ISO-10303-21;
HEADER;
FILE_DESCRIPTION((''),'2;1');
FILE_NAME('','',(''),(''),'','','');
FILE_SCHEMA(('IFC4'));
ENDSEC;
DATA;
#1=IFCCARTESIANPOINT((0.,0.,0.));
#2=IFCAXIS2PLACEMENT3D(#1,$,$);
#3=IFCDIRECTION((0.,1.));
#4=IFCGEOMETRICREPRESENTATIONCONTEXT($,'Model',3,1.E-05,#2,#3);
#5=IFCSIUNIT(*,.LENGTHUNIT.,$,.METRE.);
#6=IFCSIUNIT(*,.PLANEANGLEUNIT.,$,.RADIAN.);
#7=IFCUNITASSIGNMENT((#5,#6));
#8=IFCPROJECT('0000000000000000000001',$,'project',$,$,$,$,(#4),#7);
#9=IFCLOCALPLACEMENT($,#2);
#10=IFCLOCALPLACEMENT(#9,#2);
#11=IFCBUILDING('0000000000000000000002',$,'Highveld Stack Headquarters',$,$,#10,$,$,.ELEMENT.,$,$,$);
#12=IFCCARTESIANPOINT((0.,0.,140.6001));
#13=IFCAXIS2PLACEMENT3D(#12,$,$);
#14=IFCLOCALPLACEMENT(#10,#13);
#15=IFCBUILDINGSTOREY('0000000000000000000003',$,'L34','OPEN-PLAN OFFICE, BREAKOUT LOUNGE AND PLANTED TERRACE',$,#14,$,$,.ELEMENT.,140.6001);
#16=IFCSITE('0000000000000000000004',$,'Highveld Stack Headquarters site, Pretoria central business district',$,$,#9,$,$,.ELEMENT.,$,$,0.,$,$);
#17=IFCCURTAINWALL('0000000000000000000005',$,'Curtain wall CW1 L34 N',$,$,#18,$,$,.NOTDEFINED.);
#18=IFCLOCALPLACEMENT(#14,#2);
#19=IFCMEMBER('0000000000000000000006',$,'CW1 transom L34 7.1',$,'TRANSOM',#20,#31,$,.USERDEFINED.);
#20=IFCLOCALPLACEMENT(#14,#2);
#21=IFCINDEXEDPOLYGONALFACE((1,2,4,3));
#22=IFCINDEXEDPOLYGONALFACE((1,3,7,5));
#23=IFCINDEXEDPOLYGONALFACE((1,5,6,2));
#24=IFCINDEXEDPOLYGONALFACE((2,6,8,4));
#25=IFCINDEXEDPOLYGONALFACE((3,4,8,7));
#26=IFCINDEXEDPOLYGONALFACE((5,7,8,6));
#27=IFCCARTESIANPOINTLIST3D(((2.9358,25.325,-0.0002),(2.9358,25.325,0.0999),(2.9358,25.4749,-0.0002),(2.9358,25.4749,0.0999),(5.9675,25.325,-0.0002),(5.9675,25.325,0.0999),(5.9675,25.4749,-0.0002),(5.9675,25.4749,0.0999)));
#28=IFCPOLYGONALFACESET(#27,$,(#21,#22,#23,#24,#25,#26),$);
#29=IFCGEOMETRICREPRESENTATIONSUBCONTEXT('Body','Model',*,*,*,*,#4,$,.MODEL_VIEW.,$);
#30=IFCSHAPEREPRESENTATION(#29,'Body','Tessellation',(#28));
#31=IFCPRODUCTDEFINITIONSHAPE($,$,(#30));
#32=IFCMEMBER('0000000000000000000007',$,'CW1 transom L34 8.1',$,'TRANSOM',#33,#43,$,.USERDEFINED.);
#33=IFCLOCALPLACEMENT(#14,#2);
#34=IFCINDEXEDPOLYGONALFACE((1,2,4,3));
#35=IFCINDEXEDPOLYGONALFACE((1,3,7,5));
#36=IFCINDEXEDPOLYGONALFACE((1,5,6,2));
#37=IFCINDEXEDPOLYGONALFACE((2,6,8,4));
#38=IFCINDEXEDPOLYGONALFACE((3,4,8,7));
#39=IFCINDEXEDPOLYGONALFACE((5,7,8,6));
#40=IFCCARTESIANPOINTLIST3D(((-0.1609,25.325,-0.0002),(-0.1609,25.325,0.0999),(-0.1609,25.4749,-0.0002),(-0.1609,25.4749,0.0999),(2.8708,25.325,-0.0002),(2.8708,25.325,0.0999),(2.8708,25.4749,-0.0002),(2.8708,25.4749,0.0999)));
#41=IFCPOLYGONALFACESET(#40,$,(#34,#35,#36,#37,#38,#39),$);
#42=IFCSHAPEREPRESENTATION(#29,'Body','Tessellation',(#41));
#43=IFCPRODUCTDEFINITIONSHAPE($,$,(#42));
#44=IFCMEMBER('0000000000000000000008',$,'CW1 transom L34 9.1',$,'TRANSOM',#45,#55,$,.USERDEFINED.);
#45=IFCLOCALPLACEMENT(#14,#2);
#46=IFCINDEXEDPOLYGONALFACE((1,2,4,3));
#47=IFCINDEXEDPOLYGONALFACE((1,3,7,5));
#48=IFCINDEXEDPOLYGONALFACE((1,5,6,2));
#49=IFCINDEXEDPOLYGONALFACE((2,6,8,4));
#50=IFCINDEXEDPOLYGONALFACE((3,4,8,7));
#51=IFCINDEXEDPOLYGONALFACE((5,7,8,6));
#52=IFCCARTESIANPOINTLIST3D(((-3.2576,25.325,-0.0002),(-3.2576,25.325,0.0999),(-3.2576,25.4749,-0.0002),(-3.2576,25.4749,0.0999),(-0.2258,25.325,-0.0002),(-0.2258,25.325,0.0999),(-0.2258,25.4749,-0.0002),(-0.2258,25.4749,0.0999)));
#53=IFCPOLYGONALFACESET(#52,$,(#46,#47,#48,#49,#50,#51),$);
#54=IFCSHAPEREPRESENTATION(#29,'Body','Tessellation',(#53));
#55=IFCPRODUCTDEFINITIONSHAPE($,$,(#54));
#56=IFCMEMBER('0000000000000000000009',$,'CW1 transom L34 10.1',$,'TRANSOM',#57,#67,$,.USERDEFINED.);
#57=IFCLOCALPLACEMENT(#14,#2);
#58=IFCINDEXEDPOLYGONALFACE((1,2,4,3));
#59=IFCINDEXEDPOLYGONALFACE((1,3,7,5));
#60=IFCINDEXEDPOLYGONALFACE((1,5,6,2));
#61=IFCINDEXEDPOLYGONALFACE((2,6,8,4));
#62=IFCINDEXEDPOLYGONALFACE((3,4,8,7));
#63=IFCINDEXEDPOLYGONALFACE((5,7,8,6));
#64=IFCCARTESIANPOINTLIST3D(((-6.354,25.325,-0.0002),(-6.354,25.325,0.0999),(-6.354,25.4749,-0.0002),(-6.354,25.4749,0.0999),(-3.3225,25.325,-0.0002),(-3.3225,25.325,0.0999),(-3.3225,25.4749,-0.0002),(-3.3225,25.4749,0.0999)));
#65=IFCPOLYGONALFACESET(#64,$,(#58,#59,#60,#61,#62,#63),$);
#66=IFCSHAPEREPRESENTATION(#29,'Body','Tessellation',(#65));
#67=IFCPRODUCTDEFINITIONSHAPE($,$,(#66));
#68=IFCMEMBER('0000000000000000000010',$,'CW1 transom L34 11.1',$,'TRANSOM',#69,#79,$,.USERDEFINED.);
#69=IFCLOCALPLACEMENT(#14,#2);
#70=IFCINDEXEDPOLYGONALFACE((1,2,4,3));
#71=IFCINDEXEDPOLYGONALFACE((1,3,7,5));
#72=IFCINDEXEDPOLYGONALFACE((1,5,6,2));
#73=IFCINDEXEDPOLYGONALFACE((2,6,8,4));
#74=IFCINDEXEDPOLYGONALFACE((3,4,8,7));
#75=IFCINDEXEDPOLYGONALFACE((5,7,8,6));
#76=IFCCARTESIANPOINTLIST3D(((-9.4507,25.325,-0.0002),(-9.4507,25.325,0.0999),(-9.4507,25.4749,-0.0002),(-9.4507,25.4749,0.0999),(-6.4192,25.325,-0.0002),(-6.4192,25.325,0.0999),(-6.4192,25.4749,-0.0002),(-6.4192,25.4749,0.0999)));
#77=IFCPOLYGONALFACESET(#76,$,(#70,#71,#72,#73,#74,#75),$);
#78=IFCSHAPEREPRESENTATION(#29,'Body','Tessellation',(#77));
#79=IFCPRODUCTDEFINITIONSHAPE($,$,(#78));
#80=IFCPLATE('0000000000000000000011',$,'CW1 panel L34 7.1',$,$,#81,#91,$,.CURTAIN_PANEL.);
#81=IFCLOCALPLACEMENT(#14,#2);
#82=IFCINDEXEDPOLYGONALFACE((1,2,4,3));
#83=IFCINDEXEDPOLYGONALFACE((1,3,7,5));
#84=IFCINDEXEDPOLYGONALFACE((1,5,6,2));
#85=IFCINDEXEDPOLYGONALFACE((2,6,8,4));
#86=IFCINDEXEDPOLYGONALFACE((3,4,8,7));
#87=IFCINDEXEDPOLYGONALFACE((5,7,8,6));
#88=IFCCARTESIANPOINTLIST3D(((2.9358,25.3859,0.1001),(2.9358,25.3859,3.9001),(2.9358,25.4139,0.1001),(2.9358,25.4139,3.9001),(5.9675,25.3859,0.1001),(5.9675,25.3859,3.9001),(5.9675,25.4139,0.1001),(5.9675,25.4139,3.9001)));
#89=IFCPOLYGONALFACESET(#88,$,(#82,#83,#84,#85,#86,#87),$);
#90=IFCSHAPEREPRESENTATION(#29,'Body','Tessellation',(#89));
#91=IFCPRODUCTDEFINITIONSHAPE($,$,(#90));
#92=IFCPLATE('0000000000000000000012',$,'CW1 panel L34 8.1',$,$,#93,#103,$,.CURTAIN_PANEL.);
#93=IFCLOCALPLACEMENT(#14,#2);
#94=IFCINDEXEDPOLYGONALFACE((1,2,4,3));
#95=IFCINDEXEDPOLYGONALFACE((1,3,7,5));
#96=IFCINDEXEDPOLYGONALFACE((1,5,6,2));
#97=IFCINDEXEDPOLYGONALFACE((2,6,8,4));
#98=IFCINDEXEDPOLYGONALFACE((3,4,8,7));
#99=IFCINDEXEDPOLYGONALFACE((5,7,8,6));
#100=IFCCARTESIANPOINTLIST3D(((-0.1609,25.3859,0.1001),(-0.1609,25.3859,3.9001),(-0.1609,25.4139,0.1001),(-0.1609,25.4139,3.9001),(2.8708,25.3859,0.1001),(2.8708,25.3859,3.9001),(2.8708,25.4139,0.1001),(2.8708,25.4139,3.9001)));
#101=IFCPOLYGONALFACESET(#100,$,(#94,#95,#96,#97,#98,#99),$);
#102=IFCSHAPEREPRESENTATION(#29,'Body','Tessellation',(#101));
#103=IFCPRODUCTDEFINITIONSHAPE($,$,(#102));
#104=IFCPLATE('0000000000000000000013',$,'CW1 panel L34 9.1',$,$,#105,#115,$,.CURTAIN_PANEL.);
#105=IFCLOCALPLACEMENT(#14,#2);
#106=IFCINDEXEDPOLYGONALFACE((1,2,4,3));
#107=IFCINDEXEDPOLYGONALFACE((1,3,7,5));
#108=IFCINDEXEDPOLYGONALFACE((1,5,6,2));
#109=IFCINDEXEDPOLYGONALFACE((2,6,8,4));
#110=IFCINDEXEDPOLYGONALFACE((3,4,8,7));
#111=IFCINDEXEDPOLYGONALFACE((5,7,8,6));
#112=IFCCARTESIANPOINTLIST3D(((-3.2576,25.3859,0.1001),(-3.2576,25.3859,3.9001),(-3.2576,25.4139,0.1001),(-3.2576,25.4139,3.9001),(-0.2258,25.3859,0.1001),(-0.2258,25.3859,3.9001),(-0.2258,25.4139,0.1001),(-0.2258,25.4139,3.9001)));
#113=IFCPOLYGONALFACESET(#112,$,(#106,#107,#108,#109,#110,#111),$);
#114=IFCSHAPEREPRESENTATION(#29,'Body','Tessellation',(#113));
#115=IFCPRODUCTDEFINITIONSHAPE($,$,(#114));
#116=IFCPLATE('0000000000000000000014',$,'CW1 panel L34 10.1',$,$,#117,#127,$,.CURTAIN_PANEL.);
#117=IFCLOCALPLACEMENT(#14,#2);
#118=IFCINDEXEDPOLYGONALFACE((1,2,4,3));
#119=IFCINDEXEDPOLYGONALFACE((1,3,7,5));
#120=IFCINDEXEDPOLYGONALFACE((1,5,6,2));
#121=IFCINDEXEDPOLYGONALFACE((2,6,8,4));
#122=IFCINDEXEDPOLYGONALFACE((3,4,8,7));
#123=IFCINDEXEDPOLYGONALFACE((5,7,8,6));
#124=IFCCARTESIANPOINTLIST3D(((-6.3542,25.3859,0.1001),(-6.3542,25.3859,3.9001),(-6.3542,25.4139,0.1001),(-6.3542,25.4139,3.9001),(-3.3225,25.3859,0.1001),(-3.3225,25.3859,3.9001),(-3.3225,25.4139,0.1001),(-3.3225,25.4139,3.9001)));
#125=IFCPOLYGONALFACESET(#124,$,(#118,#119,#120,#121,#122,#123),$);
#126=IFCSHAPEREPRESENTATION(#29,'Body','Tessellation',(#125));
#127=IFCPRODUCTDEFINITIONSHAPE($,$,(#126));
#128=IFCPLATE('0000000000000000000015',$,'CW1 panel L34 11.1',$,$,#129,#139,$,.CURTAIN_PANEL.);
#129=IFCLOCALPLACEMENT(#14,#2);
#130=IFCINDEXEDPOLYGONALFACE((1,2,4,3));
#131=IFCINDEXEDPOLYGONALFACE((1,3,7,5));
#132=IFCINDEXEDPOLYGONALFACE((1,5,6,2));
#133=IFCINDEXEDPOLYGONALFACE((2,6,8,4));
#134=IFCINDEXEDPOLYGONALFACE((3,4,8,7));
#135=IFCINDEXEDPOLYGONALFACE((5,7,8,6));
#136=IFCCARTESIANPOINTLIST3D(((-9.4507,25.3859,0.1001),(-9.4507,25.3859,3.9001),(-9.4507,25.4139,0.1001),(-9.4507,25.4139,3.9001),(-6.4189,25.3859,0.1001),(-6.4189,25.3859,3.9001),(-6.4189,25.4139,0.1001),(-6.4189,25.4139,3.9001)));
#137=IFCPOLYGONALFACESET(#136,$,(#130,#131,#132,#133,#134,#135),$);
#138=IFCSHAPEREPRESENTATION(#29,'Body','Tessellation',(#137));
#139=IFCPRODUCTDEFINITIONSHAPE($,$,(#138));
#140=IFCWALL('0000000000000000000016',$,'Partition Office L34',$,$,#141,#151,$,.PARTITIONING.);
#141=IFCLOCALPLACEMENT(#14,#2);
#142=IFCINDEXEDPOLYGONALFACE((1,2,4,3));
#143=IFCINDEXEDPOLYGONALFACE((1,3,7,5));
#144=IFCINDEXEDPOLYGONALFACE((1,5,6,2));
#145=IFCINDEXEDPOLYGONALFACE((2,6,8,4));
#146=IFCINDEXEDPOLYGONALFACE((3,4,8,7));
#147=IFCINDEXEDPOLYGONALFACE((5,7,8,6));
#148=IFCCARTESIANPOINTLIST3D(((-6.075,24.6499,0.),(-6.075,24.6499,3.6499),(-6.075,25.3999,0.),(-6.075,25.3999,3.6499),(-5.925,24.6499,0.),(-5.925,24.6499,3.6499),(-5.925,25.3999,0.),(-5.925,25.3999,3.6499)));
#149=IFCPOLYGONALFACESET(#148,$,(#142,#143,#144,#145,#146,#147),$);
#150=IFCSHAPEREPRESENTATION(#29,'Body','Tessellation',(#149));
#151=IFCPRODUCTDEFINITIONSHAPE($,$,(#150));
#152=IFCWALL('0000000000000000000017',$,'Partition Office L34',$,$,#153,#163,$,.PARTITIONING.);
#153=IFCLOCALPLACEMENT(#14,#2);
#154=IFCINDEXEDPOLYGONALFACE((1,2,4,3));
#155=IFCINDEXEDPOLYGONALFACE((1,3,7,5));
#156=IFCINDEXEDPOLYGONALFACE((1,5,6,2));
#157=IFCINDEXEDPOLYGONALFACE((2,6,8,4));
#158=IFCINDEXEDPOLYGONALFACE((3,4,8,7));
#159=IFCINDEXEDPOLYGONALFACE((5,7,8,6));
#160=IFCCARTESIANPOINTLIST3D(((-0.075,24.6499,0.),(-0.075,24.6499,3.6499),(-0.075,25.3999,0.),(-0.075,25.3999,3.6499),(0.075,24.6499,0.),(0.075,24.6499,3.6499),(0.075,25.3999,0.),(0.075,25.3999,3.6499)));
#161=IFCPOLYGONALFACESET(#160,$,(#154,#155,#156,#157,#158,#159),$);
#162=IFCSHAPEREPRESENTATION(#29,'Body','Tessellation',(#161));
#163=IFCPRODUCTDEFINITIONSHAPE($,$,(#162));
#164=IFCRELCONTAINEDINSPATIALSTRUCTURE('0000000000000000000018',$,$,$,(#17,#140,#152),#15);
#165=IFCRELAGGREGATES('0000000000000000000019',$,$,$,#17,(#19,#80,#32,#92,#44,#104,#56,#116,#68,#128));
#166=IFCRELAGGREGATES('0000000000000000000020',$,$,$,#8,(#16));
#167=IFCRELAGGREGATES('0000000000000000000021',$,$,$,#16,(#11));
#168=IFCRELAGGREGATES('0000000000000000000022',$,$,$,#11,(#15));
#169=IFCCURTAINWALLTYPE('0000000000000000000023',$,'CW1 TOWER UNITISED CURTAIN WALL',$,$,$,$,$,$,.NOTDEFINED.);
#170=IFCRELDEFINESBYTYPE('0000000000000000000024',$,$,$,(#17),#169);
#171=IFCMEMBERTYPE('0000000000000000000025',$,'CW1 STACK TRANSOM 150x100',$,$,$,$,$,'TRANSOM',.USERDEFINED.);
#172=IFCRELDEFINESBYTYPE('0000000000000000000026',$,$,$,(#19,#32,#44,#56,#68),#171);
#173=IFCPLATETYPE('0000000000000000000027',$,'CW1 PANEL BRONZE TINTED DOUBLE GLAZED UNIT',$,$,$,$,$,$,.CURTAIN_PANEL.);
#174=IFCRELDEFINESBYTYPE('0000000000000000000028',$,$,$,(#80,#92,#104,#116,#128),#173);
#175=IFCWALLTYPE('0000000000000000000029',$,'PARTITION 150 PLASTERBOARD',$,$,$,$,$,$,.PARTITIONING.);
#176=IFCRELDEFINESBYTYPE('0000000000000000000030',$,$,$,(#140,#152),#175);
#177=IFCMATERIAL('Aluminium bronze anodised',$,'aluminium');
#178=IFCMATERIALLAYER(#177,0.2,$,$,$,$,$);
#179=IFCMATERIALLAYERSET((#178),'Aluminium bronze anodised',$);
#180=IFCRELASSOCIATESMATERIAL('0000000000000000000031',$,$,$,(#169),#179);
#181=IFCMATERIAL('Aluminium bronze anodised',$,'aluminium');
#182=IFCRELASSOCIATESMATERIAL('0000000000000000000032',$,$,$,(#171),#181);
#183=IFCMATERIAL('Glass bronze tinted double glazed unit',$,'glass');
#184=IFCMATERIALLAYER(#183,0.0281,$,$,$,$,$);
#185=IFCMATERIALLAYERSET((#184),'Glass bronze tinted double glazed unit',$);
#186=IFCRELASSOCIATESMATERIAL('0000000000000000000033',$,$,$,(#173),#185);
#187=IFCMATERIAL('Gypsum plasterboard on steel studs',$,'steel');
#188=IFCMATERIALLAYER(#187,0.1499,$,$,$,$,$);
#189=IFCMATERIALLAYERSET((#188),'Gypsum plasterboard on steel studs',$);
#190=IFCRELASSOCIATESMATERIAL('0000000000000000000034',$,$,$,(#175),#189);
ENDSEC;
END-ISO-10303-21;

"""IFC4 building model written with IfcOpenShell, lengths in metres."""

from ifc_helpers import new_model, si_unit, direction, frame, frame_2d, origin, origin_2d, place, context, subcontext, project, spatial, rectangle, extrude, material, layer, layer_set, material_profile, profile_set, type_object, element, aggregate, save


model = new_model("IFC4")

# Units and contexts
model_context = context("Model", 3, precision=1e-05, world=origin(), true_north=direction((0.0, 1.0)))
body_context = subcontext(model_context, "Body", "Model", "MODEL_VIEW")
ifc_project = project(units=[si_unit("LENGTHUNIT", "METRE"), si_unit("PLANEANGLEUNIT", "RADIAN")], contexts=[model_context])

# Site, building, storey
site_placement = place(None, origin())
site = spatial("IfcSite", under=ifc_project, at=site_placement, Name="Highveld Stack Headquarters site, Pretoria central business district", CompositionType="ELEMENT", RefElevation=0.0)
building_placement = place(site_placement, origin())
building = spatial("IfcBuilding", under=site, at=building_placement, Name="Highveld Stack Headquarters", CompositionType="ELEMENT")
storey_placement = place(building_placement, frame((0.0, 0.0, 140.6001)))
storey = spatial("IfcBuildingStorey", under=building, at=storey_placement, Name="L34", Description="OPEN-PLAN OFFICE, BREAKOUT LOUNGE AND PLANTED TERRACE", CompositionType="ELEMENT", Elevation=140.6001)

# Curtain wall, members, plates
ifc_material_1 = material(Name="Aluminium bronze anodised", Category="aluminium")
ifc_layer_1 = layer(ifc_material_1, 0.2)
ifc_layer_set_1 = layer_set([ifc_layer_1], Name="Aluminium bronze anodised")
curtain_wall_type = type_object("IfcCurtainWallType", Name="CW1 TOWER UNITISED CURTAIN WALL", PredefinedType="NOTDEFINED", material=ifc_layer_set_1)
curtain_wall_placement = place(storey_placement, origin())
curtain_wall = element("IfcCurtainWall", 1, at=curtain_wall_placement, inside=storey, type_object=curtain_wall_type, Name="Curtain wall CW1 L34 N", PredefinedType="NOTDEFINED")
ifc_material_2 = material(Name="Aluminium bronze anodised", Category="aluminium")
ifc_material_profile_1 = material_profile(ifc_material_2, rectangle(XDim=0.1499, YDim=0.1001, at=origin_2d()), Name="CW1 TRANSOM 150x100")
ifc_profile_set_1 = profile_set([ifc_material_profile_1], Name="Aluminium bronze anodised")
member_type_1 = type_object("IfcMemberType", Name="CW1 STACK TRANSOM 150x100", ElementType="TRANSOM", PredefinedType="USERDEFINED", material=ifc_profile_set_1)
member_1_placement = place(storey_placement, frame((5.9675, 25.3999, 0.0498), z_axis=(-1.0, 0.0, 0.0), x_axis=(0.0, -1.0, 0.0)))
member_1 = element("IfcMember", 2, at=member_1_placement, type_object=member_type_1, Name="CW1 transom L34 7.1", ObjectType="TRANSOM", PredefinedType="USERDEFINED", context=body_context, shape_type="SweptSolid", body=[
    extrude(rectangle(XDim=0.1499, YDim=0.1001, at=origin_2d()), origin(), (0.0, 0.0, 1.0), 3.0317),
])
member_2_placement = place(storey_placement, frame((2.8708, 25.3999, 0.0498), z_axis=(-1.0, 0.0, 0.0), x_axis=(0.0, -1.0, 0.0)))
member_2 = element("IfcMember", 3, at=member_2_placement, type_object=member_type_1, Name="CW1 transom L34 8.1", ObjectType="TRANSOM", PredefinedType="USERDEFINED", context=body_context, shape_type="SweptSolid", body=[
    extrude(rectangle(XDim=0.1499, YDim=0.1001, at=origin_2d()), origin(), (0.0, 0.0, 1.0), 3.0317),
])
member_3_placement = place(storey_placement, frame((-0.2258, 25.3999, 0.0498), z_axis=(-1.0, 0.0, 0.0), x_axis=(0.0, -1.0, 0.0)))
member_3 = element("IfcMember", 4, at=member_3_placement, type_object=member_type_1, Name="CW1 transom L34 9.1", ObjectType="TRANSOM", PredefinedType="USERDEFINED", context=body_context, shape_type="SweptSolid", body=[
    extrude(rectangle(XDim=0.1499, YDim=0.1001, at=origin_2d()), origin(), (0.0, 0.0, 1.0), 3.0317),
])
member_4_placement = place(storey_placement, frame((-3.3225, 25.3999, 0.0498), z_axis=(-1.0, 0.0, 0.0), x_axis=(0.0, -1.0, 0.0)))
member_4 = element("IfcMember", 5, at=member_4_placement, type_object=member_type_1, Name="CW1 transom L34 10.1", ObjectType="TRANSOM", PredefinedType="USERDEFINED", context=body_context, shape_type="SweptSolid", body=[
    extrude(rectangle(XDim=0.1499, YDim=0.1001, at=origin_2d()), origin(), (0.0, 0.0, 1.0), 3.0315),
])
member_5_placement = place(storey_placement, frame((-6.4192, 25.3999, 0.0498), z_axis=(-1.0, 0.0, 0.0), x_axis=(0.0, -1.0, 0.0)))
member_5 = element("IfcMember", 6, at=member_5_placement, type_object=member_type_1, Name="CW1 transom L34 11.1", ObjectType="TRANSOM", PredefinedType="USERDEFINED", context=body_context, shape_type="SweptSolid", body=[
    extrude(rectangle(XDim=0.1499, YDim=0.1001, at=origin_2d()), origin(), (0.0, 0.0, 1.0), 3.0315),
])
ifc_material_3 = material(Name="Glass bronze tinted double glazed unit", Category="glass")
ifc_layer_2 = layer(ifc_material_3, 0.0281)
ifc_layer_set_2 = layer_set([ifc_layer_2], Name="Glass bronze tinted double glazed unit")
plate_type = type_object("IfcPlateType", Name="CW1 PANEL BRONZE TINTED DOUBLE GLAZED UNIT", PredefinedType="CURTAIN_PANEL", material=ifc_layer_set_2)
plate_1_placement = place(storey_placement, frame((4.4517, 25.3999, 0.1001), z_axis=(0.0, 0.0, 1.0), x_axis=(-1.0, 0.0, 0.0)))
plate_1 = element("IfcPlate", 7, at=plate_1_placement, type_object=plate_type, Name="CW1 panel L34 7.1", PredefinedType="CURTAIN_PANEL", context=body_context, shape_type="SweptSolid", body=[
    extrude(rectangle(XDim=3.0317, YDim=0.0281, at=origin_2d()), origin(), (0.0, 0.0, 1.0), 3.8),
])
plate_2_placement = place(storey_placement, frame((1.355, 25.3999, 0.1001), z_axis=(0.0, 0.0, 1.0), x_axis=(-1.0, 0.0, 0.0)))
plate_2 = element("IfcPlate", 8, at=plate_2_placement, type_object=plate_type, Name="CW1 panel L34 8.1", PredefinedType="CURTAIN_PANEL", context=body_context, shape_type="SweptSolid", body=[
    extrude(rectangle(XDim=3.0317, YDim=0.0281, at=origin_2d()), origin(), (0.0, 0.0, 1.0), 3.8),
])
plate_3_placement = place(storey_placement, frame((-1.7417, 25.3999, 0.1001), z_axis=(0.0, 0.0, 1.0), x_axis=(-1.0, 0.0, 0.0)))
plate_3 = element("IfcPlate", 9, at=plate_3_placement, type_object=plate_type, Name="CW1 panel L34 9.1", PredefinedType="CURTAIN_PANEL", context=body_context, shape_type="SweptSolid", body=[
    extrude(rectangle(XDim=3.0317, YDim=0.0281, at=origin_2d()), origin(), (0.0, 0.0, 1.0), 3.8),
])
plate_4_placement = place(storey_placement, frame((-4.8384, 25.3999, 0.1001), z_axis=(0.0, 0.0, 1.0), x_axis=(-1.0, 0.0, 0.0)))
plate_4 = element("IfcPlate", 10, at=plate_4_placement, type_object=plate_type, Name="CW1 panel L34 10.1", PredefinedType="CURTAIN_PANEL", context=body_context, shape_type="SweptSolid", body=[
    extrude(rectangle(XDim=3.0317, YDim=0.0281, at=origin_2d()), origin(), (0.0, 0.0, 1.0), 3.8),
])
plate_5_placement = place(storey_placement, frame((-7.9348, 25.3999, 0.1001), z_axis=(0.0, 0.0, 1.0), x_axis=(-1.0, 0.0, 0.0)))
plate_5 = element("IfcPlate", 11, at=plate_5_placement, type_object=plate_type, Name="CW1 panel L34 11.1", PredefinedType="CURTAIN_PANEL", context=body_context, shape_type="SweptSolid", body=[
    extrude(rectangle(XDim=3.0317, YDim=0.0281, at=origin_2d()), origin(), (0.0, 0.0, 1.0), 3.8),
])
aggregate(curtain_wall, [member_1, plate_1, member_2, plate_2, member_3, plate_3, member_4, plate_4, member_5, plate_5])

# Walls
ifc_material_4 = material(Name="Gypsum plasterboard on steel studs", Category="steel")
ifc_layer_3 = layer(ifc_material_4, 0.1499)
ifc_layer_set_3 = layer_set([ifc_layer_3], Name="Gypsum plasterboard on steel studs")
wall_type = type_object("IfcWallType", Name="PARTITION 150 PLASTERBOARD", PredefinedType="PARTITIONING", material=ifc_layer_set_3)
for number, where, z_axis, x_axis, name in (
    (12, (-6.0, 24.6499, 0.0), (0.0, 0.0, 1.0), (0.0, 1.0, 0.0), "Partition Office L34"),
    (13, (0.0, 24.6499, 0.0), (0.0, 0.0, 1.0), (0.0, 1.0, 0.0), "Partition Office L34"),
):
    element("IfcWall", number, at=place(storey_placement, frame(where, z_axis=z_axis, x_axis=x_axis)), inside=storey, type_object=wall_type, Name=name, PredefinedType="PARTITIONING", context=body_context, shape_type="SweptSolid", body=[
        extrude(rectangle(XDim=0.75, YDim=0.1499, at=frame_2d((0.375, 0.0))), origin(), (0.0, 0.0, 1.0), 3.6499),
    ])

save(model, "model.ifc")
